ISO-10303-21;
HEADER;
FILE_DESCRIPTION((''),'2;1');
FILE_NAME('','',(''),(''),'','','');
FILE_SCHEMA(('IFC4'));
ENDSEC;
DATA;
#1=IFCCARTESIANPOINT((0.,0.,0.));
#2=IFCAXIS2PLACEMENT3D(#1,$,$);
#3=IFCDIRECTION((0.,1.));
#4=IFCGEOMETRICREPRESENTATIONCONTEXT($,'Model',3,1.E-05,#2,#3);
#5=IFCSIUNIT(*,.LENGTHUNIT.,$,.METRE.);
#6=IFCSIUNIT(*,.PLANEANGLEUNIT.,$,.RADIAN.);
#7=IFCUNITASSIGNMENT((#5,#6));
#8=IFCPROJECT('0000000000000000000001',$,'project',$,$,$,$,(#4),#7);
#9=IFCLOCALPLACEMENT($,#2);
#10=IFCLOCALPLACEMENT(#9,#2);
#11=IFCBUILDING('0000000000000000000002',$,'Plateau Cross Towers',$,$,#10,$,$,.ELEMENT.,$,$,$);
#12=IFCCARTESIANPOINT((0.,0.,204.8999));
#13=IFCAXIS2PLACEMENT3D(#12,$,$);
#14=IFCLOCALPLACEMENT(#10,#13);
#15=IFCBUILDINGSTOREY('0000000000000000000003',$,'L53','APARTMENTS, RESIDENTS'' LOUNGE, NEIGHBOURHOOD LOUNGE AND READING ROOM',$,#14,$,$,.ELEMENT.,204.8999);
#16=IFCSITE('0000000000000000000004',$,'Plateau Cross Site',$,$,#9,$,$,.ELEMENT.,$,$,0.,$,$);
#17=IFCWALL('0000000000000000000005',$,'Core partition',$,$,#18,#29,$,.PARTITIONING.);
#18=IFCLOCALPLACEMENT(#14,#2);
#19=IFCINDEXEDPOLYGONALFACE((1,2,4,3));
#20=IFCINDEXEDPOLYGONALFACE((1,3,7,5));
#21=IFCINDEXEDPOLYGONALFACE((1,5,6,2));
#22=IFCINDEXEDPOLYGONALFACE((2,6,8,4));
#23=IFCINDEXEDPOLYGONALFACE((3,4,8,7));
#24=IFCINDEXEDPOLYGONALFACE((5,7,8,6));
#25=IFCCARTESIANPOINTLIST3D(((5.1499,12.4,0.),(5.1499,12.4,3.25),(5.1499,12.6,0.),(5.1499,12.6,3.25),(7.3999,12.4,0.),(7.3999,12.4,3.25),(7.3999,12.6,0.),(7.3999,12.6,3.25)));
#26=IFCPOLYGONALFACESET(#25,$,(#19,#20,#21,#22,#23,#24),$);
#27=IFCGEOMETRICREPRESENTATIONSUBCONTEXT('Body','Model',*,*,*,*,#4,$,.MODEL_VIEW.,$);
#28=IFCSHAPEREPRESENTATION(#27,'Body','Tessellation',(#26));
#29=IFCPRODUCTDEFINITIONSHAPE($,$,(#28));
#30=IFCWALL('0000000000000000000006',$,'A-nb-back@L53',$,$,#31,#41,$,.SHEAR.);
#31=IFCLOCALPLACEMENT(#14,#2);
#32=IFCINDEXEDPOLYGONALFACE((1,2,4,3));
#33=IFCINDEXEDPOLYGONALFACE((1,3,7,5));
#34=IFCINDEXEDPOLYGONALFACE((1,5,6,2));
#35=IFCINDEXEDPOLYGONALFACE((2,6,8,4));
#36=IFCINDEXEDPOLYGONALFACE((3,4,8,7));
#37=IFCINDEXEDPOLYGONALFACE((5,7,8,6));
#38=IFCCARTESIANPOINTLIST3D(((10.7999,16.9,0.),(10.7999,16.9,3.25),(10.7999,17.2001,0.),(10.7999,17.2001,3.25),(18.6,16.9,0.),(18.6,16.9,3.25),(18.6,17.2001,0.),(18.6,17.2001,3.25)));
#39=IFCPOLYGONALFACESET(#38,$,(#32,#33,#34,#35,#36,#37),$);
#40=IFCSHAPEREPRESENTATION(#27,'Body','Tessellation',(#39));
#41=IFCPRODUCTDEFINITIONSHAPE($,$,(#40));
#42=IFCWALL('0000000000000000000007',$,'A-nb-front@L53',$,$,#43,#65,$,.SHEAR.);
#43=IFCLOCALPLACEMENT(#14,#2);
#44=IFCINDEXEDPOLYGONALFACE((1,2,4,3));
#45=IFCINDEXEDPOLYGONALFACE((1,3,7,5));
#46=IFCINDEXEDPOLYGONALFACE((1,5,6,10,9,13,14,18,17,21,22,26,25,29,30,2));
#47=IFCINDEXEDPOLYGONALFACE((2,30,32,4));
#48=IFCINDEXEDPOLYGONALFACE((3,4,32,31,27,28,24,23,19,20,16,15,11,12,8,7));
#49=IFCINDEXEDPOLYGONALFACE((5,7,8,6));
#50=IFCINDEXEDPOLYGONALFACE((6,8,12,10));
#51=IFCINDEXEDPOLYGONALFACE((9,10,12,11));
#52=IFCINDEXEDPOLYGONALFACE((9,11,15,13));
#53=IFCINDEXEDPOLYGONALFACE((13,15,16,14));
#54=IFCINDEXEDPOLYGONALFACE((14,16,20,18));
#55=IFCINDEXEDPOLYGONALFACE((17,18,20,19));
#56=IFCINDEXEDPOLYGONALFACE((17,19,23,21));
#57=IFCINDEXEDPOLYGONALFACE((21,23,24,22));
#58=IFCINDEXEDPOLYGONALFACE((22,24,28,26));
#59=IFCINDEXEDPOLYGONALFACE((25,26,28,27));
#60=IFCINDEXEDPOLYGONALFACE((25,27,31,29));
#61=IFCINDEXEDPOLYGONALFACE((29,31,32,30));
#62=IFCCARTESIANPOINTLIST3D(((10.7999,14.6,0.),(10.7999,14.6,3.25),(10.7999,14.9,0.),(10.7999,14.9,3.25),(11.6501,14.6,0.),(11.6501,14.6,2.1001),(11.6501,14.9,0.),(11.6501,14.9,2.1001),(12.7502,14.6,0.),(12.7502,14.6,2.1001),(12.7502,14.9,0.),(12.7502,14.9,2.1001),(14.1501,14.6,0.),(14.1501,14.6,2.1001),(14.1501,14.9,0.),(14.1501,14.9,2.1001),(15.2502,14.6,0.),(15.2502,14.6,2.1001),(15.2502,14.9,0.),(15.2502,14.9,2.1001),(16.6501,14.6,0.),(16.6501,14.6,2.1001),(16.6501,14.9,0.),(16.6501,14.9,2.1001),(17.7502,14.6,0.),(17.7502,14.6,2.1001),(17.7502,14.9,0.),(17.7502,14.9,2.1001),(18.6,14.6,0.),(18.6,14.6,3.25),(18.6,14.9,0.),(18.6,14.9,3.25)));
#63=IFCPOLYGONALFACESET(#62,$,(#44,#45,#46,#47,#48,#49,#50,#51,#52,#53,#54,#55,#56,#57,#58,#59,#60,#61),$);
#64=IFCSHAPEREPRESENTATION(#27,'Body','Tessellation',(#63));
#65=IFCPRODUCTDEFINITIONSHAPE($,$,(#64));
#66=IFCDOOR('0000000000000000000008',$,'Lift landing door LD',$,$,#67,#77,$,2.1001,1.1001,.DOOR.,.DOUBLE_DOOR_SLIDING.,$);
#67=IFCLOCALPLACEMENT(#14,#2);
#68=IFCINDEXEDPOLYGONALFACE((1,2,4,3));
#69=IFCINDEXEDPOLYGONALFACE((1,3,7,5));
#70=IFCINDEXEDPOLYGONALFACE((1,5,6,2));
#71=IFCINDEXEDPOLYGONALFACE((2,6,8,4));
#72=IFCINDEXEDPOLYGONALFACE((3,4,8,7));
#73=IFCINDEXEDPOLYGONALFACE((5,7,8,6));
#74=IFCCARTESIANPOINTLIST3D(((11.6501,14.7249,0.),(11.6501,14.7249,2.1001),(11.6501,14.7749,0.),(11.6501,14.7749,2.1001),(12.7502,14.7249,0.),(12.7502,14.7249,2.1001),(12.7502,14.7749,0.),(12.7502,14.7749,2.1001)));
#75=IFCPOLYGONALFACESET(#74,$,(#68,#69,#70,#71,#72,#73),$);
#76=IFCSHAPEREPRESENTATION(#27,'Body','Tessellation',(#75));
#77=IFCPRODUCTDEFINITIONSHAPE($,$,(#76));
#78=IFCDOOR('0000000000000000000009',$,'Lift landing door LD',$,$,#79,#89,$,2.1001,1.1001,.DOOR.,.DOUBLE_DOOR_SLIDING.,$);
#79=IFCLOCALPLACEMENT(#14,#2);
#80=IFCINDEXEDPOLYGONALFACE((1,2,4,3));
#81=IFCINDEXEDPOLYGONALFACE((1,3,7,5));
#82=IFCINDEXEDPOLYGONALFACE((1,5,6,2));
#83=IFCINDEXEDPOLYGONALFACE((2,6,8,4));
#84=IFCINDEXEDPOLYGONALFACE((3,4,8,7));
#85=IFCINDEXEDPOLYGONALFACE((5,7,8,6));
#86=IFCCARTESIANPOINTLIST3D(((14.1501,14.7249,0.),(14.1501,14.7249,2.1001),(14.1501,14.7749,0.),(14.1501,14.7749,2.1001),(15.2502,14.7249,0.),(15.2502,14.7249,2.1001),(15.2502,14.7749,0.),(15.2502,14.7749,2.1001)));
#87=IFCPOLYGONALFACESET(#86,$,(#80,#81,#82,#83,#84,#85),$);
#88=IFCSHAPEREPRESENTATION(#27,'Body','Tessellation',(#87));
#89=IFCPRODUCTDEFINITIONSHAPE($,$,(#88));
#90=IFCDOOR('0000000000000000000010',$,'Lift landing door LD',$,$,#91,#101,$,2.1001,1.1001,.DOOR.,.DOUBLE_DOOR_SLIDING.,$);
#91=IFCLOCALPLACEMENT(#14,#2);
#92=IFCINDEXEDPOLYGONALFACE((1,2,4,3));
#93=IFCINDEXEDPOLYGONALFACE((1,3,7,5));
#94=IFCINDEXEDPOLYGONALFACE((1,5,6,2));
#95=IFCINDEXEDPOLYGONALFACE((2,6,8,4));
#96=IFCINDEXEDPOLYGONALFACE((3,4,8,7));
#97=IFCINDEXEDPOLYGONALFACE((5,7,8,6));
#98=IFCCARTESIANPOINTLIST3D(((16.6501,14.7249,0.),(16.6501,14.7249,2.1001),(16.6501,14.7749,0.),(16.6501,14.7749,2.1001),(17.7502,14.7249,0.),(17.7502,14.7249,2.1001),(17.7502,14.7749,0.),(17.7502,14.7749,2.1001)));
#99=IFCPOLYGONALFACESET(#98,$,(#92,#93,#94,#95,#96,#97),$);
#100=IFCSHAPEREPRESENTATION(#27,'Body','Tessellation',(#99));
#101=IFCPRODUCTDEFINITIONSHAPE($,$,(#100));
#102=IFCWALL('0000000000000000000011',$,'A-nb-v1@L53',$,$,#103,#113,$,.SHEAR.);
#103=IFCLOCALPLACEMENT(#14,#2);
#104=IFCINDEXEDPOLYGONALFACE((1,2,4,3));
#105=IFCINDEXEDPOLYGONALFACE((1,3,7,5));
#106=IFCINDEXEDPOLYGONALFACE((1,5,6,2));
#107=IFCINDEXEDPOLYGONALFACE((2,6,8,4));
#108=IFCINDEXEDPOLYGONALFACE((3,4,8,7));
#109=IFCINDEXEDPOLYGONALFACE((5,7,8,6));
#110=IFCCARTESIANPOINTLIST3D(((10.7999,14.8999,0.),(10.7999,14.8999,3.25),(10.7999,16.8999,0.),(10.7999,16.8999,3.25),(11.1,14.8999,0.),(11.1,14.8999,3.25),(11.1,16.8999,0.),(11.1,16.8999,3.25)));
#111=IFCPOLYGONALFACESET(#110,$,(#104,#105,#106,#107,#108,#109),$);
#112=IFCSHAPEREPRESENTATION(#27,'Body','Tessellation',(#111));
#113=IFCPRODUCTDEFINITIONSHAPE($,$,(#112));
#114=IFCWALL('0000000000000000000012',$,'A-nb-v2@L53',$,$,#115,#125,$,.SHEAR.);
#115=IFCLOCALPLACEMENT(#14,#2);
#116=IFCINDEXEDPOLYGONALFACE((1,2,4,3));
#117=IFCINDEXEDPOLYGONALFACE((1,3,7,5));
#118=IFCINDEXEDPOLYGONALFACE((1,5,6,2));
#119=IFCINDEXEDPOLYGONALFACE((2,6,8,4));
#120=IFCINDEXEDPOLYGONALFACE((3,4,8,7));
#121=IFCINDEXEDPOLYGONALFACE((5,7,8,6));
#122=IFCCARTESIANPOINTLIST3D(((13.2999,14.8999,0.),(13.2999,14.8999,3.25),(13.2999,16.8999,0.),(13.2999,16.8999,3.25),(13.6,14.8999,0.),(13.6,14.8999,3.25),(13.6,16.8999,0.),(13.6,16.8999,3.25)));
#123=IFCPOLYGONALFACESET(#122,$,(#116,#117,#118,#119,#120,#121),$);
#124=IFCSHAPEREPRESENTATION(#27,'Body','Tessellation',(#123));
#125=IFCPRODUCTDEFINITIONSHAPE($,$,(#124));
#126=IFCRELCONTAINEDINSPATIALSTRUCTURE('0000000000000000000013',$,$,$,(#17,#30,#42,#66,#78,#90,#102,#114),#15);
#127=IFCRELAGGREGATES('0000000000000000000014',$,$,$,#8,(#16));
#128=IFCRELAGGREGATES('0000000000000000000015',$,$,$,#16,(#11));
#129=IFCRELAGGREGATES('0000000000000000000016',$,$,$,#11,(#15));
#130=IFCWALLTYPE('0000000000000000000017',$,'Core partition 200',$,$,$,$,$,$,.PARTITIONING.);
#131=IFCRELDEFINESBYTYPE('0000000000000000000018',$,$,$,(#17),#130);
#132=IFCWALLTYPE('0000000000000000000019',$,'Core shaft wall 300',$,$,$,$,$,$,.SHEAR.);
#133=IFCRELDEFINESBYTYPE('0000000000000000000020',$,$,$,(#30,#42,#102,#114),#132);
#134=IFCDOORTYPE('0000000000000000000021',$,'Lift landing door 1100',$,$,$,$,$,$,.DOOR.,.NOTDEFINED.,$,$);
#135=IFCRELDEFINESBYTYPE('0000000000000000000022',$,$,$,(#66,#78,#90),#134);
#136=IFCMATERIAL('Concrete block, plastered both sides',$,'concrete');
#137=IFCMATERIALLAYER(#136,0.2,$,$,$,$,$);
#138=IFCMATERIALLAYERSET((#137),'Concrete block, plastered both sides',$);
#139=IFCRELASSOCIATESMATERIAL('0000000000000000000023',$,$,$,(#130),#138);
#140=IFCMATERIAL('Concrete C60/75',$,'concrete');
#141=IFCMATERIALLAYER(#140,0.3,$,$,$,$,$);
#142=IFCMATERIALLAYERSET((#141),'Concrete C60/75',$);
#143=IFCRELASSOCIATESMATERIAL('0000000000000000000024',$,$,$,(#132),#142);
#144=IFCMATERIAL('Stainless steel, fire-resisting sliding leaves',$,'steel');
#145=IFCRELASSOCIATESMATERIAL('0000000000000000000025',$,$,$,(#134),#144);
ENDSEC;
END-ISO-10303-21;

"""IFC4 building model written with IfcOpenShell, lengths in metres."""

from ifc_helpers import new_model, si_unit, direction, frame, frame_2d, origin, place, context, subcontext, project, spatial, rectangle, extrude, material, layer, layer_set, type_object, element, fill, save


model = new_model("IFC4")

# Units and contexts
model_context = context("Model", 3, precision=1e-05, world=origin(), true_north=direction((0.0, 1.0)))
body_context = subcontext(model_context, "Body", "Model", "MODEL_VIEW")
ifc_project = project(units=[si_unit("LENGTHUNIT", "METRE"), si_unit("PLANEANGLEUNIT", "RADIAN")], contexts=[model_context])

# Site, building, storey
site_placement = place(None, origin())
site = spatial("IfcSite", under=ifc_project, at=site_placement, Name="Plateau Cross Site", CompositionType="ELEMENT", RefElevation=0.0)
building_placement = place(site_placement, origin())
building = spatial("IfcBuilding", under=site, at=building_placement, Name="Plateau Cross Towers", CompositionType="ELEMENT")
storey_placement = place(building_placement, frame((0.0, 0.0, 204.8999)))
storey = spatial("IfcBuildingStorey", under=building, at=storey_placement, Name="L53", Description="APARTMENTS, RESIDENTS' LOUNGE, NEIGHBOURHOOD LOUNGE AND READING ROOM", CompositionType="ELEMENT", Elevation=204.8999)

# Walls
ifc_material_1 = material(Name="Concrete block, plastered both sides", Category="concrete")
ifc_layer_1 = layer(ifc_material_1, 0.2)
ifc_layer_set_1 = layer_set([ifc_layer_1], Name="Concrete block, plastered both sides")
wall_type_1 = type_object("IfcWallType", Name="Core partition 200", PredefinedType="PARTITIONING", material=ifc_layer_set_1)
wall_1_placement = place(storey_placement, frame((5.1499, 12.5, 0.0), z_axis=(0.0, 0.0, 1.0), x_axis=(1.0, 0.0, 0.0)))
element("IfcWall", 1, at=wall_1_placement, inside=storey, type_object=wall_type_1, Name="Core partition", PredefinedType="PARTITIONING", context=body_context, shape_type="SweptSolid", body=[
    extrude(rectangle(XDim=2.25, YDim=0.2, at=frame_2d((1.125, 0.0))), origin(), (0.0, 0.0, 1.0), 3.25),
])
ifc_material_2 = material(Name="Concrete C60/75", Category="concrete")
ifc_layer_2 = layer(ifc_material_2, 0.3)
ifc_layer_set_2 = layer_set([ifc_layer_2], Name="Concrete C60/75")
wall_type_2 = type_object("IfcWallType", Name="Core shaft wall 300", PredefinedType="SHEAR", material=ifc_layer_set_2)
wall_2_placement = place(storey_placement, frame((10.8, 17.05, 0.0), z_axis=(0.0, 0.0, 1.0), x_axis=(1.0, 0.0, 0.0)))
element("IfcWall", 2, at=wall_2_placement, inside=storey, type_object=wall_type_2, Name="A-nb-back@L53", PredefinedType="SHEAR", context=body_context, shape_type="SweptSolid", body=[
    extrude(rectangle(XDim=7.8, YDim=0.3, at=frame_2d((3.8999, 0.0))), origin(), (0.0, 0.0, 1.0), 3.25),
])

# Wall, openings, doors
wall_3_placement = place(storey_placement, frame((10.8, 14.75, 0.0), z_axis=(0.0, 0.0, 1.0), x_axis=(1.0, 0.0, 0.0)))
wall_3 = element("IfcWall", 3, at=wall_3_placement, inside=storey, type_object=wall_type_2, Name="A-nb-front@L53", PredefinedType="SHEAR", context=body_context, shape_type="SweptSolid", body=[
    extrude(rectangle(XDim=7.8, YDim=0.3, at=frame_2d((3.8999, 0.0))), origin(), (0.0, 0.0, 1.0), 3.25),
])
opening_1_placement = place(wall_3_placement, frame((0.8501, 0.0, 0.0)))
opening_1 = element("IfcOpeningElement", 4, at=opening_1_placement, cuts=wall_3, PredefinedType="OPENING", context=body_context, shape_type="SweptSolid", body=[
    extrude(rectangle(XDim=1.1001, YDim=2.1001, at=frame_2d((0.55, 1.05))), frame((0.0, 0.1599, 0.0), z_axis=(0.0, -1.0, 0.0), x_axis=(1.0, 0.0, 0.0)), (0.0, 0.0, 1.0), 0.3201),
])
opening_2_placement = place(wall_3_placement, frame((3.3501, 0.0, 0.0)))
opening_2 = element("IfcOpeningElement", 5, at=opening_2_placement, cuts=wall_3, PredefinedType="OPENING", context=body_context, shape_type="SweptSolid", body=[
    extrude(rectangle(XDim=1.1001, YDim=2.1001, at=frame_2d((0.55, 1.05))), frame((0.0, 0.1599, 0.0), z_axis=(0.0, -1.0, 0.0), x_axis=(1.0, 0.0, 0.0)), (0.0, 0.0, 1.0), 0.3201),
])
opening_3_placement = place(wall_3_placement, frame((5.8501, 0.0, 0.0)))
opening_3 = element("IfcOpeningElement", 6, at=opening_3_placement, cuts=wall_3, PredefinedType="OPENING", context=body_context, shape_type="SweptSolid", body=[
    extrude(rectangle(XDim=1.1001, YDim=2.1001, at=frame_2d((0.55, 1.05))), frame((0.0, 0.1599, 0.0), z_axis=(0.0, -1.0, 0.0), x_axis=(1.0, 0.0, 0.0)), (0.0, 0.0, 1.0), 0.3201),
])
ifc_material_3 = material(Name="Stainless steel, fire-resisting sliding leaves", Category="steel")
door_type_1 = type_object("IfcDoorType", Name="Lift landing door 1100", OperationType="NOTDEFINED", PredefinedType="DOOR", material=ifc_material_3)
door_1_placement = place(opening_1_placement, origin())
door_1 = element("IfcDoor", 7, at=door_1_placement, inside=storey, type_object=door_type_1, Name="Lift landing door LD", OperationType="DOUBLE_DOOR_SLIDING", OverallHeight=2.1001, OverallWidth=1.1001, PredefinedType="DOOR", context=body_context, shape_type="SweptSolid", body=[
    extrude(rectangle(XDim=1.1001, YDim=2.1001, at=frame_2d((0.55, 1.05))), frame((0.0, 0.0249, 0.0), z_axis=(0.0, -1.0, 0.0), x_axis=(1.0, 0.0, 0.0)), (0.0, 0.0, 1.0), 0.05),
])
fill(opening_1, door_1)
door_2_placement = place(opening_2_placement, origin())
door_2 = element("IfcDoor", 8, at=door_2_placement, inside=storey, type_object=door_type_1, Name="Lift landing door LD", OperationType="DOUBLE_DOOR_SLIDING", OverallHeight=2.1001, OverallWidth=1.1001, PredefinedType="DOOR", context=body_context, shape_type="SweptSolid", body=[
    extrude(rectangle(XDim=1.1001, YDim=2.1001, at=frame_2d((0.55, 1.05))), frame((0.0, 0.0249, 0.0), z_axis=(0.0, -1.0, 0.0), x_axis=(1.0, 0.0, 0.0)), (0.0, 0.0, 1.0), 0.05),
])
fill(opening_2, door_2)
door_3_placement = place(opening_3_placement, origin())
door_3 = element("IfcDoor", 9, at=door_3_placement, inside=storey, type_object=door_type_1, Name="Lift landing door LD", OperationType="DOUBLE_DOOR_SLIDING", OverallHeight=2.1001, OverallWidth=1.1001, PredefinedType="DOOR", context=body_context, shape_type="SweptSolid", body=[
    extrude(rectangle(XDim=1.1001, YDim=2.1001, at=frame_2d((0.55, 1.05))), frame((0.0, 0.0249, 0.0), z_axis=(0.0, -1.0, 0.0), x_axis=(1.0, 0.0, 0.0)), (0.0, 0.0, 1.0), 0.05),
])
fill(opening_3, door_3)

# Walls
for number, where, z_axis, x_axis, name in (
    (10, (10.95, 14.8999, 0.0), (0.0, 0.0, 1.0), (0.0, 1.0, 0.0), "A-nb-v1@L53"),
    (11, (13.45, 14.8999, 0.0), (0.0, 0.0, 1.0), (0.0, 1.0, 0.0), "A-nb-v2@L53"),
):
    element("IfcWall", number, at=place(storey_placement, frame(where, z_axis=z_axis, x_axis=x_axis)), inside=storey, type_object=wall_type_2, Name=name, PredefinedType="SHEAR", context=body_context, shape_type="SweptSolid", body=[
        extrude(rectangle(XDim=2.0, YDim=0.3, at=frame_2d((1.0, 0.0))), origin(), (0.0, 0.0, 1.0), 3.25),
    ])

save(model, "model.ifc")
